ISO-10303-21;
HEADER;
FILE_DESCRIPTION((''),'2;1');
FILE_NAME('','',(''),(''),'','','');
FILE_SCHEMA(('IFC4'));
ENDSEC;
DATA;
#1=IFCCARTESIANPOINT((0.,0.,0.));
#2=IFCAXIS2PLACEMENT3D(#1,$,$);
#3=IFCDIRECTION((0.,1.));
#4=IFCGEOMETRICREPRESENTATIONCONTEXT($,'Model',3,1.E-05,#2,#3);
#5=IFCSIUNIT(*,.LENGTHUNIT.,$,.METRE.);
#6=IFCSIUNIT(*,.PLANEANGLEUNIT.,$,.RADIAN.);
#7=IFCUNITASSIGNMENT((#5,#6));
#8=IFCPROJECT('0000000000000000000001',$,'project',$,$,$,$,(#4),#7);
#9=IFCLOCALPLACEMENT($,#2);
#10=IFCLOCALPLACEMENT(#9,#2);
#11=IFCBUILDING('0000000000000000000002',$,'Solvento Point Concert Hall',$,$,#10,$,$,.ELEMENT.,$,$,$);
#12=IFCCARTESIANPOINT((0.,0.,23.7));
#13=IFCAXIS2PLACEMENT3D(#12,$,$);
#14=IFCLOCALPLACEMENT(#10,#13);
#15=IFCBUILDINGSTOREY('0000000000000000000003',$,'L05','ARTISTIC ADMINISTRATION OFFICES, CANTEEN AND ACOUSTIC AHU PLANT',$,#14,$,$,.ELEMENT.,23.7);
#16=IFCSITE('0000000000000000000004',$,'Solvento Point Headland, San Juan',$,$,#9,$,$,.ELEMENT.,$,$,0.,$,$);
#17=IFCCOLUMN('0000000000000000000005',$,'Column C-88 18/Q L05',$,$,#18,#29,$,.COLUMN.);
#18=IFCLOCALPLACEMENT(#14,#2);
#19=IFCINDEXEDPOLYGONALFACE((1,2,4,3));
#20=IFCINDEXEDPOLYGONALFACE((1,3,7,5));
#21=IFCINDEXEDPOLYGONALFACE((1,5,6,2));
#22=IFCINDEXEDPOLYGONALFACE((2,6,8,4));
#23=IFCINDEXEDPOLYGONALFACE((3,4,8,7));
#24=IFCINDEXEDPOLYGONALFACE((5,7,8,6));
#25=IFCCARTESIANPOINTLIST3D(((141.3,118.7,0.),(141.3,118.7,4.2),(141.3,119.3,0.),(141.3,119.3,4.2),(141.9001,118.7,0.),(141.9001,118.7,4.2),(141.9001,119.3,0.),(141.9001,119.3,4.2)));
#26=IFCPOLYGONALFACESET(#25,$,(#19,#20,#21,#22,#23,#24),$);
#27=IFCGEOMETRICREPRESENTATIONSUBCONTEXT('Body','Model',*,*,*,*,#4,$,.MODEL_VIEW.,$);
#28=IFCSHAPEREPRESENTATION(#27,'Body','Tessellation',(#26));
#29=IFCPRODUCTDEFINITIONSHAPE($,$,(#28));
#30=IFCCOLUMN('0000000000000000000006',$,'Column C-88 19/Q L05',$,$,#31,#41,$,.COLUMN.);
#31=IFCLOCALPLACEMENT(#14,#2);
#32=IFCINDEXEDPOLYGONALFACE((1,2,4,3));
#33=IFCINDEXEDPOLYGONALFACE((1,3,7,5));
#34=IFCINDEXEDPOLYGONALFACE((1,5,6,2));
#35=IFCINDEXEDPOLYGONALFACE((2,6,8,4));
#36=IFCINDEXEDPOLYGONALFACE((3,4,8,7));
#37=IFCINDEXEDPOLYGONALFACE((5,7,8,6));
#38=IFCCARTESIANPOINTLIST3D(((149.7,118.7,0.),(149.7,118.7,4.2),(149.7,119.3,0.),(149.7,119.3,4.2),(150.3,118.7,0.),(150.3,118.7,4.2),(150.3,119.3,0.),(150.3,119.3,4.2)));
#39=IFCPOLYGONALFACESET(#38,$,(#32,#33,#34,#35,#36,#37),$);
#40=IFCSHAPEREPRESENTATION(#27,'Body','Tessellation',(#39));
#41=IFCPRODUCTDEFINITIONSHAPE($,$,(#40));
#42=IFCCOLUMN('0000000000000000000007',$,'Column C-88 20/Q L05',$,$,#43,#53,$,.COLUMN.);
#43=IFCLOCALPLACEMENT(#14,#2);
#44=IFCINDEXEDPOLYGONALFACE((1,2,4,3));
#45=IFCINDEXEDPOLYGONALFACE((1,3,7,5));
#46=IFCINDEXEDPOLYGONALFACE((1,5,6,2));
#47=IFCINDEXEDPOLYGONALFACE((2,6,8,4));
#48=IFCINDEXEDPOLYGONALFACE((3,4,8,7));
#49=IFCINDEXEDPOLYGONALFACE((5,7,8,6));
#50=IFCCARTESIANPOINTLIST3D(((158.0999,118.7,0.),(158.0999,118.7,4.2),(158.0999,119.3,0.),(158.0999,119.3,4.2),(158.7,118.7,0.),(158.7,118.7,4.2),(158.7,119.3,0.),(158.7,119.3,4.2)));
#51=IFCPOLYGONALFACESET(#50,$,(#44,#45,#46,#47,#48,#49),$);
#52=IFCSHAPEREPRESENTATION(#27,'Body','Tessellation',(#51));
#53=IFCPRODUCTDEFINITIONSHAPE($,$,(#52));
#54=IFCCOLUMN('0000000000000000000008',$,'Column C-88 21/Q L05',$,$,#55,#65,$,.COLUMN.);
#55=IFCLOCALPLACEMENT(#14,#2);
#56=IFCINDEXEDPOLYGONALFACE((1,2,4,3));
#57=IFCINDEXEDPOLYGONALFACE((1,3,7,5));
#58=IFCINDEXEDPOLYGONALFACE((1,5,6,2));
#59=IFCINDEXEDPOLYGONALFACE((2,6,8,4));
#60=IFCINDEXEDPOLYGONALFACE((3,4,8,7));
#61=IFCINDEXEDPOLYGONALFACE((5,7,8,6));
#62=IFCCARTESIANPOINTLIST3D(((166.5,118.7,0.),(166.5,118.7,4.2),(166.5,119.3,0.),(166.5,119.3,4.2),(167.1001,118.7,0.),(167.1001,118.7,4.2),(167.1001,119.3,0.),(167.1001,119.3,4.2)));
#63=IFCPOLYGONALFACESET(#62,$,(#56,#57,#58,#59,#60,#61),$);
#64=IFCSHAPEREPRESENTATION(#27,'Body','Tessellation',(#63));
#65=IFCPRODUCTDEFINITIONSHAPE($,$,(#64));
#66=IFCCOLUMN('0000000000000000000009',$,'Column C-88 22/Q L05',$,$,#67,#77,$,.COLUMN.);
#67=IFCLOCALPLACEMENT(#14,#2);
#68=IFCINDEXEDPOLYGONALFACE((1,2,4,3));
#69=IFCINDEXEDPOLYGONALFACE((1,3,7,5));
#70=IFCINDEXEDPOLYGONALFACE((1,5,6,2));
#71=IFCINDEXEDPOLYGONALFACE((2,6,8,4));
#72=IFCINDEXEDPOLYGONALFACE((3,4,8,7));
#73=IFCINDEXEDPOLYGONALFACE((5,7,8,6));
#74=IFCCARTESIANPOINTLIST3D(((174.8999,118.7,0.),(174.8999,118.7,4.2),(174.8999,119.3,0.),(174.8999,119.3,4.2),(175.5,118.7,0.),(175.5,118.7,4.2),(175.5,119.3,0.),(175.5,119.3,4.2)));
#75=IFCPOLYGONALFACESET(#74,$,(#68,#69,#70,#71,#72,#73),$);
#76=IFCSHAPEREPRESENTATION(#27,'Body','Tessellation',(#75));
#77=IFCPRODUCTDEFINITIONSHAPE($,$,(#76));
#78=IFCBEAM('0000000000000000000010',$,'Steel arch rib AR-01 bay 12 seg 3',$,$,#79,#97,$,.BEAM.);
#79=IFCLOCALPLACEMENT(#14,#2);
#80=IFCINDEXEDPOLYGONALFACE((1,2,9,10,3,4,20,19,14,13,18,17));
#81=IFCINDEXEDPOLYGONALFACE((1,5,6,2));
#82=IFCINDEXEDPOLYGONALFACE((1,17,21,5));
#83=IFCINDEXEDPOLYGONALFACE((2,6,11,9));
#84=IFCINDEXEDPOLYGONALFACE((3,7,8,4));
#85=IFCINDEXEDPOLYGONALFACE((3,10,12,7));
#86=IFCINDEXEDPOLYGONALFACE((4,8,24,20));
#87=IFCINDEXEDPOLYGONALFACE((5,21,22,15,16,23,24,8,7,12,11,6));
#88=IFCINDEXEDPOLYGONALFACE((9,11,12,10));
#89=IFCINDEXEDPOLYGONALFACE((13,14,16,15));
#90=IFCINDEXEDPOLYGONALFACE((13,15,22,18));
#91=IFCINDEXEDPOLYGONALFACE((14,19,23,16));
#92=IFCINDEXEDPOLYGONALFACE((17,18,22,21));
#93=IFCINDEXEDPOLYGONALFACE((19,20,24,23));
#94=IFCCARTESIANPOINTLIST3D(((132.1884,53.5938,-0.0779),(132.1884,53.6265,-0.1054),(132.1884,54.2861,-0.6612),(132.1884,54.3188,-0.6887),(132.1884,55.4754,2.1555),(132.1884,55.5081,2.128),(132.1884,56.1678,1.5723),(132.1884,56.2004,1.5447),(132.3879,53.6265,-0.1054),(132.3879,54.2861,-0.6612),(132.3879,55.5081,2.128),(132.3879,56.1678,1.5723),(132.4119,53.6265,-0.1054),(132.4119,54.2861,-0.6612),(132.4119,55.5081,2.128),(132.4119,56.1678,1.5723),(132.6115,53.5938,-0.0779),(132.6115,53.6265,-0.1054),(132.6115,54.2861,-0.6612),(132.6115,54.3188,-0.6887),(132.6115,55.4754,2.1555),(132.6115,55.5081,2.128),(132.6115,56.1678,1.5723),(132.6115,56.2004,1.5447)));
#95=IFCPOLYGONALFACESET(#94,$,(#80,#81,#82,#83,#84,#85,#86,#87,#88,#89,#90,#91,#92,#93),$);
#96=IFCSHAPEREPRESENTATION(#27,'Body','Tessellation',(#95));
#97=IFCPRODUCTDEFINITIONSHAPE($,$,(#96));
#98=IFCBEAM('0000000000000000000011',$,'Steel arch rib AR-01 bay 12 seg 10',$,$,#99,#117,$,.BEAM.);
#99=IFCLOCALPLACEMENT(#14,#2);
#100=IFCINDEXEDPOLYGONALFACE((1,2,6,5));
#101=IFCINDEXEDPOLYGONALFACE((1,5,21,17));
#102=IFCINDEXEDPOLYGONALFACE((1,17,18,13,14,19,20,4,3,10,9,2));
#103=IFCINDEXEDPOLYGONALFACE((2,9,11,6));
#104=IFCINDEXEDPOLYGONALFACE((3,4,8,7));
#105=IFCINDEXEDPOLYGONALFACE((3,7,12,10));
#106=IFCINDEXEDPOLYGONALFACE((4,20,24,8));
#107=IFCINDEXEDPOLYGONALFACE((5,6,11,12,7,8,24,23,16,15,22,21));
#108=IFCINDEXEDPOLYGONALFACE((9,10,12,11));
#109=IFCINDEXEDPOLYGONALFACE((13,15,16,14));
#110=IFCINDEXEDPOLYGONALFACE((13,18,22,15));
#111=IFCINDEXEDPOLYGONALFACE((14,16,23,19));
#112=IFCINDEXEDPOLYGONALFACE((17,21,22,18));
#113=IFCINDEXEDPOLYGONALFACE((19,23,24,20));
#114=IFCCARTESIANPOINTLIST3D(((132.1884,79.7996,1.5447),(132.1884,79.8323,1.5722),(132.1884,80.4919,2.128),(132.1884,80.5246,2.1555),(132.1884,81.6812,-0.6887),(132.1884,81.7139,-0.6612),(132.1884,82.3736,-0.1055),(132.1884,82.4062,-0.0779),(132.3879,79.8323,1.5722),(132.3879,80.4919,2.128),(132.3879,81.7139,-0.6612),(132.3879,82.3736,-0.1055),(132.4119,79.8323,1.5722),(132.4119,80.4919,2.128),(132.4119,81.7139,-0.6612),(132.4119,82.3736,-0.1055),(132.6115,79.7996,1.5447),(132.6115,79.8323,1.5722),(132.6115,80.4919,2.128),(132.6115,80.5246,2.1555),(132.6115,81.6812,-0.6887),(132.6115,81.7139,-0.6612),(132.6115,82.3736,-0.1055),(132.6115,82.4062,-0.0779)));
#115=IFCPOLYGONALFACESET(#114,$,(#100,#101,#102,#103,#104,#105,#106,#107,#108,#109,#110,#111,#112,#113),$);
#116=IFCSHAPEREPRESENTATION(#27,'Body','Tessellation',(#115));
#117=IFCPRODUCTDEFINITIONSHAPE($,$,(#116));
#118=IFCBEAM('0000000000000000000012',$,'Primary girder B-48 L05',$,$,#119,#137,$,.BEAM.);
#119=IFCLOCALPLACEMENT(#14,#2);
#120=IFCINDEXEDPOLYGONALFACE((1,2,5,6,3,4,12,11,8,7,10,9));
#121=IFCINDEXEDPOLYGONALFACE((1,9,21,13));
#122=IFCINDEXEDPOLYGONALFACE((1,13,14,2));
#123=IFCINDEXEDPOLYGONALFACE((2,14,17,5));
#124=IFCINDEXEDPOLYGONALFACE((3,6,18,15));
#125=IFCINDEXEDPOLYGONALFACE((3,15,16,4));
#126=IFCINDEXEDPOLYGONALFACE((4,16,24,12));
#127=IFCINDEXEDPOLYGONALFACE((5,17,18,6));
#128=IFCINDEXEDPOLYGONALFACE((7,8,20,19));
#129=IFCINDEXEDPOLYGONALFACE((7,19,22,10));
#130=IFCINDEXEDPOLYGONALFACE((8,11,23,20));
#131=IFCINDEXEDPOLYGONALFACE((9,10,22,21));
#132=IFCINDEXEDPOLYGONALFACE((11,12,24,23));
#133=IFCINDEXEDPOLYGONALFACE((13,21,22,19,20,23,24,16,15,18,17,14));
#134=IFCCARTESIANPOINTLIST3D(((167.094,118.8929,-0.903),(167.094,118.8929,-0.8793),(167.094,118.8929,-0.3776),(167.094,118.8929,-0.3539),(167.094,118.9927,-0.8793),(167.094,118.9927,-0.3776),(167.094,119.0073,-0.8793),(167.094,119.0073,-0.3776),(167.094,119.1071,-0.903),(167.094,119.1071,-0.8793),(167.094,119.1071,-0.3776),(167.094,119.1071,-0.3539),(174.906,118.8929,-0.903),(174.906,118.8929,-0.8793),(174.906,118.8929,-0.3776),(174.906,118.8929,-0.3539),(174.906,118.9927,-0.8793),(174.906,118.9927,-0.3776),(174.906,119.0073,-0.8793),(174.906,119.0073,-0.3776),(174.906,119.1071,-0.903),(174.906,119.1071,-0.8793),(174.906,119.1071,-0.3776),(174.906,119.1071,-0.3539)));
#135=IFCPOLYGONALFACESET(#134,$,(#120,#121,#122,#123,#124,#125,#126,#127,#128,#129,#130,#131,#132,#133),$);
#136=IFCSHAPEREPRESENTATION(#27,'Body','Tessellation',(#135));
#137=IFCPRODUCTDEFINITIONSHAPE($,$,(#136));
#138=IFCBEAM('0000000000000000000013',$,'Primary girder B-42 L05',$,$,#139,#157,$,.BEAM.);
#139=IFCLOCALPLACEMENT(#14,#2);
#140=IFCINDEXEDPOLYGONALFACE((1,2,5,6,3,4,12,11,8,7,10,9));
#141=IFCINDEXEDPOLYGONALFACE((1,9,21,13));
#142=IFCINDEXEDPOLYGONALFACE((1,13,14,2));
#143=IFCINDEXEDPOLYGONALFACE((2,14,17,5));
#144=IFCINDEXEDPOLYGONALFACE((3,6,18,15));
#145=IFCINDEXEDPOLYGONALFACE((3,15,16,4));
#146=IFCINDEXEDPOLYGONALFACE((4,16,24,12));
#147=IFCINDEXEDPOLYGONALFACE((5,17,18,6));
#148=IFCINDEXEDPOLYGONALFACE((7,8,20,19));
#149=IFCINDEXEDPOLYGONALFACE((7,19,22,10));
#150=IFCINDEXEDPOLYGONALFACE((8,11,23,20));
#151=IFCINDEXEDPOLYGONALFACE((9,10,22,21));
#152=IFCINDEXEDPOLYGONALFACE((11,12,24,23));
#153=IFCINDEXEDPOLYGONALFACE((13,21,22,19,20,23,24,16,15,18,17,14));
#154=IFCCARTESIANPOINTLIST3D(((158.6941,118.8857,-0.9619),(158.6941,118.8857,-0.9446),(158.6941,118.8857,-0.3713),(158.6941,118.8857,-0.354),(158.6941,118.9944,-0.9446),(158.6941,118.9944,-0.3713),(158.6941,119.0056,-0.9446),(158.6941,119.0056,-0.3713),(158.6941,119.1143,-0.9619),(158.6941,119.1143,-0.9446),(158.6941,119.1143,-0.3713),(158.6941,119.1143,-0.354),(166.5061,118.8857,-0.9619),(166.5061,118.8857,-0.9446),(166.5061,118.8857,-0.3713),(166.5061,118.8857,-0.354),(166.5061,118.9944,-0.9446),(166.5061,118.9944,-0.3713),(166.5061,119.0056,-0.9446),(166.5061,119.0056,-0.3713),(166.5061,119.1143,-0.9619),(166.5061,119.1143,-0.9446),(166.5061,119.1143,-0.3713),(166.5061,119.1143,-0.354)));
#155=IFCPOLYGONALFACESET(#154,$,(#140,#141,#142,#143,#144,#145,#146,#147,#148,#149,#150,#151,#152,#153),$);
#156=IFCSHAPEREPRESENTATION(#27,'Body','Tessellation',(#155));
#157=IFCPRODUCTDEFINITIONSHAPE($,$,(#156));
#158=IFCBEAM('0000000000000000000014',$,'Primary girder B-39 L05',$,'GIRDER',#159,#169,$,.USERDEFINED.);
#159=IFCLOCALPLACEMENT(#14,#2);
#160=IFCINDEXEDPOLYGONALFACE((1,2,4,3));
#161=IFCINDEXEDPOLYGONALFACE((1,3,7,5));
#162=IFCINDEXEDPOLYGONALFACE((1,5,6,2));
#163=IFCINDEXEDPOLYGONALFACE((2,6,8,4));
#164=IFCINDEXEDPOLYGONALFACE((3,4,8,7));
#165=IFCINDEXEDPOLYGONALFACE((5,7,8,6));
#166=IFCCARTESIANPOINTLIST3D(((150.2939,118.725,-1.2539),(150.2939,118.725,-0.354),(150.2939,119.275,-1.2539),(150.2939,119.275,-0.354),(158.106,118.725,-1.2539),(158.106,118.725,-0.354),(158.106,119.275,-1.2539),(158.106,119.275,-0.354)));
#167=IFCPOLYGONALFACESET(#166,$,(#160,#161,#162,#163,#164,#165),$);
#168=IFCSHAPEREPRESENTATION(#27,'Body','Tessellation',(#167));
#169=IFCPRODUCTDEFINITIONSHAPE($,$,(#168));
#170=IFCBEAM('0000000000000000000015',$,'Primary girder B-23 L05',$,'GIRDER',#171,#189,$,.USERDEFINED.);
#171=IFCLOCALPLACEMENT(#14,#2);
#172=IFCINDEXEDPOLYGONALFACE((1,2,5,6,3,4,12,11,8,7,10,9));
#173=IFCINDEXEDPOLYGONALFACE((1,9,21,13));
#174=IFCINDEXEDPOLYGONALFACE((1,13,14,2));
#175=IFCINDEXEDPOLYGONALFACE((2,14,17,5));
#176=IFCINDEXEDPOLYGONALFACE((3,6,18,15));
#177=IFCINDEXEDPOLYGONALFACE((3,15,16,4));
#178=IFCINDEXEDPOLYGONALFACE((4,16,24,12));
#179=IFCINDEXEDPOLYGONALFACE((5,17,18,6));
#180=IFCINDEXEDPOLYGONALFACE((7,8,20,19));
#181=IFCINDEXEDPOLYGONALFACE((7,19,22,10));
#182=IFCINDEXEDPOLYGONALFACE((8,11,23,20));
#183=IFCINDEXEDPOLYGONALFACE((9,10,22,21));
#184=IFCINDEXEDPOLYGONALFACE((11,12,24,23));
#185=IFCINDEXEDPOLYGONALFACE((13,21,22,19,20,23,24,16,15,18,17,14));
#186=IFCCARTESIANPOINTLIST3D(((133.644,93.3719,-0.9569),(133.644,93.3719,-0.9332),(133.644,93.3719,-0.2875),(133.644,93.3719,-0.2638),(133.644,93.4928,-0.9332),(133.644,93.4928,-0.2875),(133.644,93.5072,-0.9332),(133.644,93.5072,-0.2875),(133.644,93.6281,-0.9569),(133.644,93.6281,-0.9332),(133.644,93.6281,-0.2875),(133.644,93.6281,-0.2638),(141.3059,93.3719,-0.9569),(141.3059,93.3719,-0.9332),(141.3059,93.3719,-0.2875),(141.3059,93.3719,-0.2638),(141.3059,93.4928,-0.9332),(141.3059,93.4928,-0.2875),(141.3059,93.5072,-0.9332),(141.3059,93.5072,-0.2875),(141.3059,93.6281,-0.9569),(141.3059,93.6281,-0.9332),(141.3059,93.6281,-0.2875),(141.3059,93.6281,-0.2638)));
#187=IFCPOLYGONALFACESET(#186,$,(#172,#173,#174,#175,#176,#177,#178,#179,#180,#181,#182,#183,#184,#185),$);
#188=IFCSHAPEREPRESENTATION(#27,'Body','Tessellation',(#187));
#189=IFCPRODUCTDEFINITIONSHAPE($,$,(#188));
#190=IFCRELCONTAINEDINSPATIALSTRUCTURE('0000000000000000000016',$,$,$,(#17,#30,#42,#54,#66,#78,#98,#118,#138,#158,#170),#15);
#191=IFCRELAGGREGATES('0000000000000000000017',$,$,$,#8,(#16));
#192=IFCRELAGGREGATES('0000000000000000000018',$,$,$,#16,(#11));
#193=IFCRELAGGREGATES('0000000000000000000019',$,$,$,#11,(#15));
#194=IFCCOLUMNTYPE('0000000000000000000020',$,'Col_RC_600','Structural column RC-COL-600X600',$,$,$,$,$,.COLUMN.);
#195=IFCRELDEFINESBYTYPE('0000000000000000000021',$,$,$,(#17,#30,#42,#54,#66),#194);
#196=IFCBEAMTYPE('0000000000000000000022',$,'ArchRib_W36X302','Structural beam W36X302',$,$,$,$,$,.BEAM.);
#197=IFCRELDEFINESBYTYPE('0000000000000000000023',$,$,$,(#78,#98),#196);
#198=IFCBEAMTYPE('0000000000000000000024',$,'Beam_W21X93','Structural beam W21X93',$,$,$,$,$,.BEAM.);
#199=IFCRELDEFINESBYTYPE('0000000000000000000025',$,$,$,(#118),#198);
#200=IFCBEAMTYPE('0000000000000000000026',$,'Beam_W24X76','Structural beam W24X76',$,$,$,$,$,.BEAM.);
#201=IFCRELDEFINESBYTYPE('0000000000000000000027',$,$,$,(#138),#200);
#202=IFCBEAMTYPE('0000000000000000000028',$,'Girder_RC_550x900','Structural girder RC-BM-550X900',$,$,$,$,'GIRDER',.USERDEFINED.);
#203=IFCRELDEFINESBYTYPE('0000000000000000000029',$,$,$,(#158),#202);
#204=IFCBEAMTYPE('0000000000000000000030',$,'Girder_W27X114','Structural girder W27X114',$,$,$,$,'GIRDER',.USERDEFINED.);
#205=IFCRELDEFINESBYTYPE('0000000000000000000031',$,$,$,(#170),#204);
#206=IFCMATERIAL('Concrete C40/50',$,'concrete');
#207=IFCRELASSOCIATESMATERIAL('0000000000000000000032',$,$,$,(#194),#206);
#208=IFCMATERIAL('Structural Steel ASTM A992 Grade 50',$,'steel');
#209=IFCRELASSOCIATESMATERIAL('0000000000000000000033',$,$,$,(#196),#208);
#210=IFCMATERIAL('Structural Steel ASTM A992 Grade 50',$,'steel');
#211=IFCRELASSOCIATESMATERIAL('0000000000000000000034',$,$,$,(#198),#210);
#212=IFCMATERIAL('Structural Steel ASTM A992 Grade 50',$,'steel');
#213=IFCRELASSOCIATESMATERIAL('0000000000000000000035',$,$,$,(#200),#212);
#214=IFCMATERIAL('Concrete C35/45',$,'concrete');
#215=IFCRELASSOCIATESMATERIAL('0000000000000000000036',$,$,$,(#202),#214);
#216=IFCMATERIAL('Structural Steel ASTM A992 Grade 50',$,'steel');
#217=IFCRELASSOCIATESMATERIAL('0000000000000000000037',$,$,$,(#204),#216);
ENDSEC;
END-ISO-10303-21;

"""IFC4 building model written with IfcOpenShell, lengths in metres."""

from ifc_helpers import new_model, si_unit, direction, frame, origin, origin_2d, place, context, subcontext, project, spatial, rectangle, i_section, extrude, material, material_profile, profile_set, type_object, element, save


model = new_model("IFC4")

# Units and contexts
model_context = context("Model", 3, precision=1e-05, world=origin(), true_north=direction((0.0, 1.0)))
body_context = subcontext(model_context, "Body", "Model", "MODEL_VIEW")
ifc_project = project(units=[si_unit("LENGTHUNIT", "METRE"), si_unit("PLANEANGLEUNIT", "RADIAN")], contexts=[model_context])

# Site, building, storey
site_placement = place(None, origin())
site = spatial("IfcSite", under=ifc_project, at=site_placement, Name="Solvento Point Headland, San Juan", CompositionType="ELEMENT", RefElevation=0.0)
building_placement = place(site_placement, origin())
building = spatial("IfcBuilding", under=site, at=building_placement, Name="Solvento Point Concert Hall", CompositionType="ELEMENT")
storey_placement = place(building_placement, frame((0.0, 0.0, 23.7)))
storey = spatial("IfcBuildingStorey", under=building, at=storey_placement, Name="L05", Description="ARTISTIC ADMINISTRATION OFFICES, CANTEEN AND ACOUSTIC AHU PLANT", CompositionType="ELEMENT", Elevation=23.7)

# Columns
ifc_material_1 = material(Name="Concrete C40/50", Category="concrete")
ifc_material_profile_1 = material_profile(ifc_material_1, rectangle(XDim=0.6001, YDim=0.6001, at=origin_2d()), Name="RC-COL-600X600")
ifc_profile_set_1 = profile_set([ifc_material_profile_1], Name="Concrete C40/50")
column_type = type_object("IfcColumnType", Name="Col_RC_600", Description="Structural column RC-COL-600X600", PredefinedType="COLUMN", material=ifc_profile_set_1)
for number, where, z_axis, x_axis, name in (
    (1, (141.6001, 119.0, 0.0), (0.0, 0.0, 1.0), (1.0, 0.0, 0.0), "Column C-88 18/Q L05"),
    (2, (150.0, 119.0, 0.0), (0.0, 0.0, 1.0), (1.0, 0.0, 0.0), "Column C-88 19/Q L05"),
    (3, (158.3999, 119.0, 0.0), (0.0, 0.0, 1.0), (1.0, 0.0, 0.0), "Column C-88 20/Q L05"),
    (4, (166.8, 119.0, 0.0), (0.0, 0.0, 1.0), (1.0, 0.0, 0.0), "Column C-88 21/Q L05"),
    (5, (175.2, 119.0, 0.0), (0.0, 0.0, 1.0), (1.0, 0.0, 0.0), "Column C-88 22/Q L05"),
):
    element("IfcColumn", number, at=place(storey_placement, frame(where, z_axis=z_axis, x_axis=x_axis)), inside=storey, type_object=column_type, Name=name, PredefinedType="COLUMN", context=body_context, shape_type="SweptSolid", body=[
        extrude(rectangle(XDim=0.6001, YDim=0.6001, at=origin_2d()), origin(), (0.0, 0.0, 1.0), 4.2),
    ])

# Beams
ifc_material_2 = material(Name="Structural Steel ASTM A992 Grade 50", Category="steel")
ifc_material_profile_2 = material_profile(ifc_material_2, i_section(OverallWidth=0.4231, OverallDepth=0.948, WebThickness=0.0239, FlangeThickness=0.0427, at=origin_2d()), Name="W36X302")
ifc_profile_set_2 = profile_set([ifc_material_profile_2], Name="Structural Steel ASTM A992 Grade 50")
beam_type_1 = type_object("IfcBeamType", Name="ArchRib_W36X302", Description="Structural beam W36X302", PredefinedType="BEAM", material=ifc_profile_set_2)
for number, where, z_axis, x_axis, name in (
    (6, (132.3999, 53.9563, -0.3833), (0.0, 0.644303, 0.76477), (-1.0, 0.0, 0.0), "Steel arch rib AR-01 bay 12 seg 3"),
    (7, (132.3999, 80.1621, 1.8501), (0.0, 0.644303, -0.76477), (-1.0, 0.0, 0.0), "Steel arch rib AR-01 bay 12 seg 10"),
):
    element("IfcBeam", number, at=place(storey_placement, frame(where, z_axis=z_axis, x_axis=x_axis)), inside=storey, type_object=beam_type_1, Name=name, PredefinedType="BEAM", context=body_context, shape_type="SweptSolid", body=[
        extrude(i_section(OverallWidth=0.4231, OverallDepth=0.948, WebThickness=0.0239, FlangeThickness=0.0427, at=origin_2d()), origin(), (0.0, 0.0, 1.0), 2.9204),
    ])
ifc_material_3 = material(Name="Structural Steel ASTM A992 Grade 50", Category="steel")
ifc_material_profile_3 = material_profile(ifc_material_3, i_section(OverallWidth=0.2141, OverallDepth=0.5491, WebThickness=0.0146, FlangeThickness=0.0237, at=origin_2d()), Name="W21X93")
ifc_profile_set_3 = profile_set([ifc_material_profile_3], Name="Structural Steel ASTM A992 Grade 50")
beam_type_2 = type_object("IfcBeamType", Name="Beam_W21X93", Description="Structural beam W21X93", PredefinedType="BEAM", material=ifc_profile_set_3)
beam_1_placement = place(storey_placement, frame((167.094, 119.0, -0.6284), z_axis=(1.0, 0.0, 0.0), x_axis=(0.0, 1.0, 0.0)))
element("IfcBeam", 8, at=beam_1_placement, inside=storey, type_object=beam_type_2, Name="Primary girder B-48 L05", PredefinedType="BEAM", context=body_context, shape_type="SweptSolid", body=[
    extrude(i_section(OverallWidth=0.2141, OverallDepth=0.5491, WebThickness=0.0146, FlangeThickness=0.0237, at=origin_2d()), origin(), (0.0, 0.0, 1.0), 7.812),
])
ifc_material_4 = material(Name="Structural Steel ASTM A992 Grade 50", Category="steel")
ifc_material_profile_4 = material_profile(ifc_material_4, i_section(OverallWidth=0.2285, OverallDepth=0.6079, WebThickness=0.0112, FlangeThickness=0.0173, at=origin_2d()), Name="W24X76")
ifc_profile_set_4 = profile_set([ifc_material_profile_4], Name="Structural Steel ASTM A992 Grade 50")
beam_type_3 = type_object("IfcBeamType", Name="Beam_W24X76", Description="Structural beam W24X76", PredefinedType="BEAM", material=ifc_profile_set_4)
beam_2_placement = place(storey_placement, frame((158.6941, 119.0, -0.658), z_axis=(1.0, 0.0, 0.0), x_axis=(0.0, 1.0, 0.0)))
element("IfcBeam", 9, at=beam_2_placement, inside=storey, type_object=beam_type_3, Name="Primary girder B-42 L05", PredefinedType="BEAM", context=body_context, shape_type="SweptSolid", body=[
    extrude(i_section(OverallWidth=0.2285, OverallDepth=0.6079, WebThickness=0.0112, FlangeThickness=0.0173, at=origin_2d()), origin(), (0.0, 0.0, 1.0), 7.812),
])
ifc_material_5 = material(Name="Concrete C35/45", Category="concrete")
ifc_material_profile_5 = material_profile(ifc_material_5, rectangle(XDim=0.55, YDim=0.8999, at=origin_2d()), Name="RC-BM-550X900")
ifc_profile_set_5 = profile_set([ifc_material_profile_5], Name="Concrete C35/45")
beam_type_4 = type_object("IfcBeamType", Name="Girder_RC_550x900", Description="Structural girder RC-BM-550X900", ElementType="GIRDER", PredefinedType="USERDEFINED", material=ifc_profile_set_5)
beam_3_placement = place(storey_placement, frame((150.2939, 119.0, -0.804), z_axis=(1.0, 0.0, 0.0), x_axis=(0.0, 1.0, 0.0)))
element("IfcBeam", 10, at=beam_3_placement, inside=storey, type_object=beam_type_4, Name="Primary girder B-39 L05", ObjectType="GIRDER", PredefinedType="USERDEFINED", context=body_context, shape_type="SweptSolid", body=[
    extrude(rectangle(XDim=0.55, YDim=0.8999, at=origin_2d()), origin(), (0.0, 0.0, 1.0), 7.812),
])
ifc_material_6 = material(Name="Structural Steel ASTM A992 Grade 50", Category="steel")
ifc_material_profile_6 = material_profile(ifc_material_6, i_section(OverallWidth=0.2561, OverallDepth=0.6931, WebThickness=0.0144, FlangeThickness=0.0237, at=origin_2d()), Name="W27X114")
ifc_profile_set_6 = profile_set([ifc_material_profile_6], Name="Structural Steel ASTM A992 Grade 50")
beam_type_5 = type_object("IfcBeamType", Name="Girder_W27X114", Description="Structural girder W27X114", ElementType="GIRDER", PredefinedType="USERDEFINED", material=ifc_profile_set_6)
beam_4_placement = place(storey_placement, frame((133.644, 93.5, -0.6104), z_axis=(1.0, 0.0, 0.0), x_axis=(0.0, 1.0, 0.0)))
element("IfcBeam", 11, at=beam_4_placement, inside=storey, type_object=beam_type_5, Name="Primary girder B-23 L05", ObjectType="GIRDER", PredefinedType="USERDEFINED", context=body_context, shape_type="SweptSolid", body=[
    extrude(i_section(OverallWidth=0.2561, OverallDepth=0.6931, WebThickness=0.0144, FlangeThickness=0.0237, at=origin_2d()), origin(), (0.0, 0.0, 1.0), 7.6619),
])

save(model, "model.ifc")
